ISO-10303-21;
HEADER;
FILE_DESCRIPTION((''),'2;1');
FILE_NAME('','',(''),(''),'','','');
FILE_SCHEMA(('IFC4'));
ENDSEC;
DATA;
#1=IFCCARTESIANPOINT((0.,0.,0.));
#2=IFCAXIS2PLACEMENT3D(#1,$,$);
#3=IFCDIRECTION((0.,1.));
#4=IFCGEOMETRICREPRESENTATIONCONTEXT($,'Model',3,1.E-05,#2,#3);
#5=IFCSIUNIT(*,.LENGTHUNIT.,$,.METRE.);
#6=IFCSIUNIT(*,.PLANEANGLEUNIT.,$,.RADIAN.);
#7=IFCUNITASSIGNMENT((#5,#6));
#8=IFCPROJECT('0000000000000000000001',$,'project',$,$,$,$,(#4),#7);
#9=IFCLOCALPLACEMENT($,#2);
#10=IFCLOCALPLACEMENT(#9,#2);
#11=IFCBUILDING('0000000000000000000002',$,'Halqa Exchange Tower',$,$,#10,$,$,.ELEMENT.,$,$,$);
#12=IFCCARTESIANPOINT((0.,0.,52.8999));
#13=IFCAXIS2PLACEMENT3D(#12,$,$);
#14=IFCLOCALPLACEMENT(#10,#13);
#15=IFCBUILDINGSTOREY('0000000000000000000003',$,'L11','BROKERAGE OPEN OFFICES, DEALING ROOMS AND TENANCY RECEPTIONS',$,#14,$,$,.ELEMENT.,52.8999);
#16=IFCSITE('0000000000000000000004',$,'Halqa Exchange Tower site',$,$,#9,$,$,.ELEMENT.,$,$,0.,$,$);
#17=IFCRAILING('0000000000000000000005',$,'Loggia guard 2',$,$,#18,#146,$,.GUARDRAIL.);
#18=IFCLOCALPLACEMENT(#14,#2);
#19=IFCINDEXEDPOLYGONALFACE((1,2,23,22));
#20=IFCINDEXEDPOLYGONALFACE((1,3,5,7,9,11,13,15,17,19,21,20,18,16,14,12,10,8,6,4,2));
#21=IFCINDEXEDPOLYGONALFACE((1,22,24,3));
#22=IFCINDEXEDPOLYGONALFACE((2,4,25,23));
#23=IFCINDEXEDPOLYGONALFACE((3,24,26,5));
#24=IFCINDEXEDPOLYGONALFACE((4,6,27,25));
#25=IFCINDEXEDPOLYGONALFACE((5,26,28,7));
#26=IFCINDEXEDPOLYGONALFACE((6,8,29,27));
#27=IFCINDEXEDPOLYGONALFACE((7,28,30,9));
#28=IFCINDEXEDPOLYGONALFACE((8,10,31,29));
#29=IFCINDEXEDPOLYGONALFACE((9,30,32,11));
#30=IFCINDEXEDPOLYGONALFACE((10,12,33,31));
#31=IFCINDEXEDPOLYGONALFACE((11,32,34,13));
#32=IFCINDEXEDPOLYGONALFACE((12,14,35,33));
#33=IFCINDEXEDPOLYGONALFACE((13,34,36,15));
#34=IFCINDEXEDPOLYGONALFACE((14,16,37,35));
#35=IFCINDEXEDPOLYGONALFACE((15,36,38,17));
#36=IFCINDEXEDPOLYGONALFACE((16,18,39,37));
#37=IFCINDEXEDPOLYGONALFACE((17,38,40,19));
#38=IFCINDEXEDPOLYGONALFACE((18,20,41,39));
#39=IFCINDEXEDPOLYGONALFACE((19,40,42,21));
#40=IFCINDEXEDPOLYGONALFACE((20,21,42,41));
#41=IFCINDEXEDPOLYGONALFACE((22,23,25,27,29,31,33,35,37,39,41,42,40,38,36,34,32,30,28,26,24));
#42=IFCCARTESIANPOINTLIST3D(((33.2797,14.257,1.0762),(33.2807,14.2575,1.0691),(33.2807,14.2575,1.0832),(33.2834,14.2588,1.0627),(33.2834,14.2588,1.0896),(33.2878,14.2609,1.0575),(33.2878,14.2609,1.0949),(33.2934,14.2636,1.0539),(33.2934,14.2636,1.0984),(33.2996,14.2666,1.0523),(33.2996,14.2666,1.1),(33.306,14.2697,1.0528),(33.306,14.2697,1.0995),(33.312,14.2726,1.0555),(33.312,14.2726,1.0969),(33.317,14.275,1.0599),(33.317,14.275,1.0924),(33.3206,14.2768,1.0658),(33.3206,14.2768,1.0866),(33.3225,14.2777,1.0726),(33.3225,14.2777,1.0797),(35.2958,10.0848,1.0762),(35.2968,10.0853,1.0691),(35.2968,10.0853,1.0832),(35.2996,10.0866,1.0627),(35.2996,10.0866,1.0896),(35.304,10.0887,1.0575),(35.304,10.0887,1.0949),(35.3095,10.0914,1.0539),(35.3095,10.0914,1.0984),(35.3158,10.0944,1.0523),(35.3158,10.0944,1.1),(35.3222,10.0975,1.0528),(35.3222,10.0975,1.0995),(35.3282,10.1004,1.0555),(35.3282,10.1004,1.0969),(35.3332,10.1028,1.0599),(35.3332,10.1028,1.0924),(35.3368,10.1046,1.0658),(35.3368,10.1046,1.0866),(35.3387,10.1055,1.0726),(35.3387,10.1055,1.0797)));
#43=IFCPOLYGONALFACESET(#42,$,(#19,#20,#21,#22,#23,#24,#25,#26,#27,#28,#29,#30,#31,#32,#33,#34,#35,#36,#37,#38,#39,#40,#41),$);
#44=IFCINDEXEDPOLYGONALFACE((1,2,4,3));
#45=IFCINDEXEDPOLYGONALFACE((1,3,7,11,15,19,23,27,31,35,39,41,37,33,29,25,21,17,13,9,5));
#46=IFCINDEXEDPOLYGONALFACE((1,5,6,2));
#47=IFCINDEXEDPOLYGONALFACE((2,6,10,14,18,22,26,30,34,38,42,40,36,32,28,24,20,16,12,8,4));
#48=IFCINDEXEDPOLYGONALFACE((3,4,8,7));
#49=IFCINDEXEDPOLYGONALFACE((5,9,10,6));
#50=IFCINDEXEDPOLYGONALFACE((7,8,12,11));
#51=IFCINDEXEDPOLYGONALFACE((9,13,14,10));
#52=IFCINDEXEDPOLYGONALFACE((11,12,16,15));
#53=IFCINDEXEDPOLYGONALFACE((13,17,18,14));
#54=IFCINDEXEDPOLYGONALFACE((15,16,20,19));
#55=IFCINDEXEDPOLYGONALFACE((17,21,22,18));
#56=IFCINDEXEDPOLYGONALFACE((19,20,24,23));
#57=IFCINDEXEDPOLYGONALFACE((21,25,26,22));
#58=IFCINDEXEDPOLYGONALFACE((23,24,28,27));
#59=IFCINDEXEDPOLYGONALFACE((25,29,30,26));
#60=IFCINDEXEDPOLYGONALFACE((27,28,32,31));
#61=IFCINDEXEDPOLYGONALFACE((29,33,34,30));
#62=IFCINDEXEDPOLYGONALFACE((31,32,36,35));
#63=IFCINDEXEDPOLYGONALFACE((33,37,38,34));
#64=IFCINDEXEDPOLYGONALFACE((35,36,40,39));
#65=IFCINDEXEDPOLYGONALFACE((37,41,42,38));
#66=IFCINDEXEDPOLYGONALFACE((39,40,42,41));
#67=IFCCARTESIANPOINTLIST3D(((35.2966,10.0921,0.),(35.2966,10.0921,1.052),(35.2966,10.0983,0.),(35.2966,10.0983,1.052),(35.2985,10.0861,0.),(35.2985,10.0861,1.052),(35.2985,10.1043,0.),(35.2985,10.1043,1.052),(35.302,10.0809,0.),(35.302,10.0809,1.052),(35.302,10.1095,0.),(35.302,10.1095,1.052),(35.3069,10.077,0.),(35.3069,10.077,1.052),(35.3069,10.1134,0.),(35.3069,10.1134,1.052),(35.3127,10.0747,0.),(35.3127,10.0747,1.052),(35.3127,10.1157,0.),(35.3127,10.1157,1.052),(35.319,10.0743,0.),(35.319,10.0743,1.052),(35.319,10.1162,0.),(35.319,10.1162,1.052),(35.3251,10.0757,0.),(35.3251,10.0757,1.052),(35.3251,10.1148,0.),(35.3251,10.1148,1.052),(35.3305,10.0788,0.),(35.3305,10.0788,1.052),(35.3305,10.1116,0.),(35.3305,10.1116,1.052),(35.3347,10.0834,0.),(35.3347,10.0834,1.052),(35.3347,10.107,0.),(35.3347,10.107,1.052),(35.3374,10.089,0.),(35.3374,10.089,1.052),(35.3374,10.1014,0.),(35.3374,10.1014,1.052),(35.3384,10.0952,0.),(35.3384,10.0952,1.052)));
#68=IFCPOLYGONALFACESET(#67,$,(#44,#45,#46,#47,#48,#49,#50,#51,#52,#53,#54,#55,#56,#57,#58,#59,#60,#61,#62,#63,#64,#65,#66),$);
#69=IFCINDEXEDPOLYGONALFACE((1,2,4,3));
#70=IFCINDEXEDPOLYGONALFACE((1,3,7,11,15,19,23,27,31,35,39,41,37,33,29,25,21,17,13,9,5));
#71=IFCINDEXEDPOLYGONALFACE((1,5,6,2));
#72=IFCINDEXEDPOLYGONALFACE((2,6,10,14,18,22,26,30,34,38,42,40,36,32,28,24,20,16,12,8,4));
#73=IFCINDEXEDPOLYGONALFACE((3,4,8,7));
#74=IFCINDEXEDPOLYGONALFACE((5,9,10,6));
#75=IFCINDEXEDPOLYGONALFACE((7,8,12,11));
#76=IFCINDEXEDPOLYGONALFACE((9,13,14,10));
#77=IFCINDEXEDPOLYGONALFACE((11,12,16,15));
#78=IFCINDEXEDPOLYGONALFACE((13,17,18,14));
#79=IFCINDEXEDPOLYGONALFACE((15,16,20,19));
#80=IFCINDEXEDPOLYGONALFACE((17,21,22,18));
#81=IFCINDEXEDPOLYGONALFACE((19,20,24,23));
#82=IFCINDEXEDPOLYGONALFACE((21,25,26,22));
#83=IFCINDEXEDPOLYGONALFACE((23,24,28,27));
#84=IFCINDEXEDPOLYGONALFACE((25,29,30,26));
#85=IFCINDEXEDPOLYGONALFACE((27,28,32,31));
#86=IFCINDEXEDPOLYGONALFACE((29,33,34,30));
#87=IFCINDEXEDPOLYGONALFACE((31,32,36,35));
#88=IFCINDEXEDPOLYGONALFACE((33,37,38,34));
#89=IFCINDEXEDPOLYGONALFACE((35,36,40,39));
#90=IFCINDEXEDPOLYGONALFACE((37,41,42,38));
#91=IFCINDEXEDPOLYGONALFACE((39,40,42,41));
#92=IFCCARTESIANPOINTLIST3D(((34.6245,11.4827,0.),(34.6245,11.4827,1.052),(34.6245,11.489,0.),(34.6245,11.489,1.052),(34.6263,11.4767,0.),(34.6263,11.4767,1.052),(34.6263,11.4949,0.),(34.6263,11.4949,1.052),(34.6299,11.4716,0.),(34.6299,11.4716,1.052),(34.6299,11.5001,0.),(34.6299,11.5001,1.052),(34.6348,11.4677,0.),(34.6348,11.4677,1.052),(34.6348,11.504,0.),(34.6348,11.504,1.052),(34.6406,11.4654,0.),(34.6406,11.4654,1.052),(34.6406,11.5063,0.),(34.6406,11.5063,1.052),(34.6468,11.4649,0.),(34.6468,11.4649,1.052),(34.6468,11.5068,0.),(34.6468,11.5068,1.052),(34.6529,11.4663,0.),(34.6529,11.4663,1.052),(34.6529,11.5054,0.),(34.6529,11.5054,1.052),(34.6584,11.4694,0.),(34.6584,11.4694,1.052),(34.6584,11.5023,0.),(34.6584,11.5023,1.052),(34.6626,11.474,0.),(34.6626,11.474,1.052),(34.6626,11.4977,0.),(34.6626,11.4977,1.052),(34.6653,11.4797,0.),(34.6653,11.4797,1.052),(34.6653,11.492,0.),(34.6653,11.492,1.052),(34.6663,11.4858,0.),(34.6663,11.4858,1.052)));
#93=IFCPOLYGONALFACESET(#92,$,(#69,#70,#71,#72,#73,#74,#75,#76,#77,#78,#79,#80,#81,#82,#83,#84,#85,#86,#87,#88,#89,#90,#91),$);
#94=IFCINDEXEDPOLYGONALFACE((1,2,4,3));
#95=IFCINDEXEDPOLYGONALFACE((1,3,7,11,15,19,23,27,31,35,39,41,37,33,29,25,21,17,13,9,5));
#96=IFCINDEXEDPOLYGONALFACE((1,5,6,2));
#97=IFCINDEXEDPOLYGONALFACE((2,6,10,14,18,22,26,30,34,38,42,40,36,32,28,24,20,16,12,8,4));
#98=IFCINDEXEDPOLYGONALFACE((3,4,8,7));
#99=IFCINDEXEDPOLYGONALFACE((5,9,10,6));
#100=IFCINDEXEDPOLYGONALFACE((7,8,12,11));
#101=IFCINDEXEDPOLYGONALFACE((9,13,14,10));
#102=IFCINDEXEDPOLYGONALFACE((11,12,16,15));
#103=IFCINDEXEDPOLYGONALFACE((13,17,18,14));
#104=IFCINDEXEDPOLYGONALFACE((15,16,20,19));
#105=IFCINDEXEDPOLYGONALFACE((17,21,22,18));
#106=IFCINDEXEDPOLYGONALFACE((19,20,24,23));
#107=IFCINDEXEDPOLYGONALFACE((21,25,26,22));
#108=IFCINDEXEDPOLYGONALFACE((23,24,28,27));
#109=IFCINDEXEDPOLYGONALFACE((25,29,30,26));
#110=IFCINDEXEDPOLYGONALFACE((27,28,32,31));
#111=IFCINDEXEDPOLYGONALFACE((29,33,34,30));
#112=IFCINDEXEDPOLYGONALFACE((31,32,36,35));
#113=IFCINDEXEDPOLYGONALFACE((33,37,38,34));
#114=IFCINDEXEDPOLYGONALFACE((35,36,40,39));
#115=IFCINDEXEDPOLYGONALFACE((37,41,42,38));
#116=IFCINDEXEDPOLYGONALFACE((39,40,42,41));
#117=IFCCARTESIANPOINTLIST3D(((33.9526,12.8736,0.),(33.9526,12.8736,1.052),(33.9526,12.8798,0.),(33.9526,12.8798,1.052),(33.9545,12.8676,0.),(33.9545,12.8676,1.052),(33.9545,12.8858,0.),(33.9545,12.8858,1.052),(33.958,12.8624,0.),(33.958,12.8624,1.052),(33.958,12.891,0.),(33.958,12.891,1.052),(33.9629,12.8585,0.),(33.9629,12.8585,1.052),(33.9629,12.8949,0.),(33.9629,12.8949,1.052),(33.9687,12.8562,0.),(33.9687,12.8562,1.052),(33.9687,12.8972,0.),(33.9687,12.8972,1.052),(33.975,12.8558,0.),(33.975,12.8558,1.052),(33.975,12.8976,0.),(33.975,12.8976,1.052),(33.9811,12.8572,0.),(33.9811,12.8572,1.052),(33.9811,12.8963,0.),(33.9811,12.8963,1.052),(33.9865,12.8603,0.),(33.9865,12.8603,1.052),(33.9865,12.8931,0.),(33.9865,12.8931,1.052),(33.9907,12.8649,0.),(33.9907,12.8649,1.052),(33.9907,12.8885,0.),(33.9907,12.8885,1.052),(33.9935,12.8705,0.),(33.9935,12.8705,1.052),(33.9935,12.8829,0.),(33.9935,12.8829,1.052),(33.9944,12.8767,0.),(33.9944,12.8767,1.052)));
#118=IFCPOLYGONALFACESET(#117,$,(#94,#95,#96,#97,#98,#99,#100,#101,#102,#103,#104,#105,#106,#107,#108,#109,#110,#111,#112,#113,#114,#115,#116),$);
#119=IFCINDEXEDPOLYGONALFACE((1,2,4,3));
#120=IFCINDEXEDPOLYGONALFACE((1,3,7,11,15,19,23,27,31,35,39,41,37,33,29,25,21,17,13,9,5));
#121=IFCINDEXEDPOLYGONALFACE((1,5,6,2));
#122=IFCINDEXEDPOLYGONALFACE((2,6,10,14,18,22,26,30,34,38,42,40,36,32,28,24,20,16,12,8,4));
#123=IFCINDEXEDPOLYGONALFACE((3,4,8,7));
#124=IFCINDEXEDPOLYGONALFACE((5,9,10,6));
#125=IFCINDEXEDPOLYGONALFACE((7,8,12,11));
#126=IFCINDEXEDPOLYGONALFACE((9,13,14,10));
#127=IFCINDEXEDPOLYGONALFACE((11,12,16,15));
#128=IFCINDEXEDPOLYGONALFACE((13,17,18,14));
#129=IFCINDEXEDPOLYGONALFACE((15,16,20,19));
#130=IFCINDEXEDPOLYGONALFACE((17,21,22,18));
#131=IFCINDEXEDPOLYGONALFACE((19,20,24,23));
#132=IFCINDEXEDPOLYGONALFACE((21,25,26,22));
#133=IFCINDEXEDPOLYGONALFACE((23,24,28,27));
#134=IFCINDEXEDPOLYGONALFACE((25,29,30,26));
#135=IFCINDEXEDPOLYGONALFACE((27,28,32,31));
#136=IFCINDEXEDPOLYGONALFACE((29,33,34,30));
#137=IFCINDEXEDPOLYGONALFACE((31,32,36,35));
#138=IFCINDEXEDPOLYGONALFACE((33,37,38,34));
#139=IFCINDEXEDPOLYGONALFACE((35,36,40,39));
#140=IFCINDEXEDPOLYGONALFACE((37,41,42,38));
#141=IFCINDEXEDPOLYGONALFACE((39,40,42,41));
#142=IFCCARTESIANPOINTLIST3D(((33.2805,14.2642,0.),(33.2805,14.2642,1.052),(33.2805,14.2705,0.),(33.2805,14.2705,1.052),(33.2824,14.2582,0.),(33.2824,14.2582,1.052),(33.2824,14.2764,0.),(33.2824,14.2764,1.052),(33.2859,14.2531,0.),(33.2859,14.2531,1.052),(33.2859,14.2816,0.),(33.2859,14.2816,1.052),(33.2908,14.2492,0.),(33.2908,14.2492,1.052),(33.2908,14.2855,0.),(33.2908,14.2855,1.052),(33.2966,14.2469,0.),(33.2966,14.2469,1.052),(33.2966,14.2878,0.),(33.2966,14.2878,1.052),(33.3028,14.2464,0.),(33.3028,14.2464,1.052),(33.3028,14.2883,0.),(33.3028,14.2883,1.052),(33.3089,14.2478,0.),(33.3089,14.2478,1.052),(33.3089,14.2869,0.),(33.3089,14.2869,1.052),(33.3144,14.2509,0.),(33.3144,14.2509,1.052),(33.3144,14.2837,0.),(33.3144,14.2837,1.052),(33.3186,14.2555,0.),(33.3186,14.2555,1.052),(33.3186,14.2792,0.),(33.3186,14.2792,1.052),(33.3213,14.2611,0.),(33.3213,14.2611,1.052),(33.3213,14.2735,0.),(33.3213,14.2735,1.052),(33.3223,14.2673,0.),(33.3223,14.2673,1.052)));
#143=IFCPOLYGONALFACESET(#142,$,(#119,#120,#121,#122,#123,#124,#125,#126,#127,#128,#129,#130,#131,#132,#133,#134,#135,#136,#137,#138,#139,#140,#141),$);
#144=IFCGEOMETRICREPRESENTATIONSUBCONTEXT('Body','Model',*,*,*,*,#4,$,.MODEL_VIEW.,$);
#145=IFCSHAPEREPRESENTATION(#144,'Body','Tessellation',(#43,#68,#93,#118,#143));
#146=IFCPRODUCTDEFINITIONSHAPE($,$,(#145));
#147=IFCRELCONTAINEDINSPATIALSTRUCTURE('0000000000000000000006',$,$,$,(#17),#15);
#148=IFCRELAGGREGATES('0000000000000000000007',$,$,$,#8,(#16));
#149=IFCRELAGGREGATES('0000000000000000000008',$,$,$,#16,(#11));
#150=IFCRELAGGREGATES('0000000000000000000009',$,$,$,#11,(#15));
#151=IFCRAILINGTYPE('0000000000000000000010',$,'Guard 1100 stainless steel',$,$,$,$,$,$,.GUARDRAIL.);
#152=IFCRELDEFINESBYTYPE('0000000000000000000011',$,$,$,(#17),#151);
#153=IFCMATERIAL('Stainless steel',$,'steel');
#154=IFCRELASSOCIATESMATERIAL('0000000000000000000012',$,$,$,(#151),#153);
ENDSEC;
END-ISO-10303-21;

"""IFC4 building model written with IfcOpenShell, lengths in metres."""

from ifc_helpers import new_model, si_unit, direction, frame, origin, origin_2d, place, context, subcontext, project, spatial, circle, extrude, material, type_object, element, save


model = new_model("IFC4")

# Units and contexts
model_context = context("Model", 3, precision=1e-05, world=origin(), true_north=direction((0.0, 1.0)))
body_context = subcontext(model_context, "Body", "Model", "MODEL_VIEW")
ifc_project = project(units=[si_unit("LENGTHUNIT", "METRE"), si_unit("PLANEANGLEUNIT", "RADIAN")], contexts=[model_context])

# Site, building, storey
site_placement = place(None, origin())
site = spatial("IfcSite", under=ifc_project, at=site_placement, Name="Halqa Exchange Tower site", CompositionType="ELEMENT", RefElevation=0.0)
building_placement = place(site_placement, origin())
building = spatial("IfcBuilding", under=site, at=building_placement, Name="Halqa Exchange Tower", CompositionType="ELEMENT")
storey_placement = place(building_placement, frame((0.0, 0.0, 52.8999)))
storey = spatial("IfcBuildingStorey", under=building, at=storey_placement, Name="L11", Description="BROKERAGE OPEN OFFICES, DEALING ROOMS AND TENANCY RECEPTIONS", CompositionType="ELEMENT", Elevation=52.8999)

# Railing
ifc_material_1 = material(Name="Stainless steel", Category="steel")
railing_type = type_object("IfcRailingType", Name="Guard 1100 stainless steel", PredefinedType="GUARDRAIL", material=ifc_material_1)
railing_1_placement = place(storey_placement, frame((35.3174, 10.0952, 0.0)))
element("IfcRailing", 1, at=railing_1_placement, inside=storey, type_object=railing_type, Name="Loggia guard 2", PredefinedType="GUARDRAIL", context=body_context, shape_type="SweptSolid", body=[
    extrude(circle(Radius=0.0239, at=origin_2d()), frame((0.0, 0.0, 1.0762), z_axis=(-0.435097, 0.900384, 0.0), x_axis=(-0.900384, -0.435097, 0.0)), (0.0, 0.0, 1.0), 4.6338),
    extrude(circle(Radius=0.021, at=origin_2d()), origin(), (0.0, 0.0, 1.0), 1.052),
    extrude(circle(Radius=0.021, at=origin_2d()), frame((-0.6721, 1.3906, 0.0)), (0.0, 0.0, 1.0), 1.052),
    extrude(circle(Radius=0.021, at=origin_2d()), frame((-1.344, 2.7815, 0.0)), (0.0, 0.0, 1.0), 1.052),
    extrude(circle(Radius=0.021, at=origin_2d()), frame((-2.0161, 4.1721, 0.0)), (0.0, 0.0, 1.0), 1.052),
])

save(model, "model.ifc")
